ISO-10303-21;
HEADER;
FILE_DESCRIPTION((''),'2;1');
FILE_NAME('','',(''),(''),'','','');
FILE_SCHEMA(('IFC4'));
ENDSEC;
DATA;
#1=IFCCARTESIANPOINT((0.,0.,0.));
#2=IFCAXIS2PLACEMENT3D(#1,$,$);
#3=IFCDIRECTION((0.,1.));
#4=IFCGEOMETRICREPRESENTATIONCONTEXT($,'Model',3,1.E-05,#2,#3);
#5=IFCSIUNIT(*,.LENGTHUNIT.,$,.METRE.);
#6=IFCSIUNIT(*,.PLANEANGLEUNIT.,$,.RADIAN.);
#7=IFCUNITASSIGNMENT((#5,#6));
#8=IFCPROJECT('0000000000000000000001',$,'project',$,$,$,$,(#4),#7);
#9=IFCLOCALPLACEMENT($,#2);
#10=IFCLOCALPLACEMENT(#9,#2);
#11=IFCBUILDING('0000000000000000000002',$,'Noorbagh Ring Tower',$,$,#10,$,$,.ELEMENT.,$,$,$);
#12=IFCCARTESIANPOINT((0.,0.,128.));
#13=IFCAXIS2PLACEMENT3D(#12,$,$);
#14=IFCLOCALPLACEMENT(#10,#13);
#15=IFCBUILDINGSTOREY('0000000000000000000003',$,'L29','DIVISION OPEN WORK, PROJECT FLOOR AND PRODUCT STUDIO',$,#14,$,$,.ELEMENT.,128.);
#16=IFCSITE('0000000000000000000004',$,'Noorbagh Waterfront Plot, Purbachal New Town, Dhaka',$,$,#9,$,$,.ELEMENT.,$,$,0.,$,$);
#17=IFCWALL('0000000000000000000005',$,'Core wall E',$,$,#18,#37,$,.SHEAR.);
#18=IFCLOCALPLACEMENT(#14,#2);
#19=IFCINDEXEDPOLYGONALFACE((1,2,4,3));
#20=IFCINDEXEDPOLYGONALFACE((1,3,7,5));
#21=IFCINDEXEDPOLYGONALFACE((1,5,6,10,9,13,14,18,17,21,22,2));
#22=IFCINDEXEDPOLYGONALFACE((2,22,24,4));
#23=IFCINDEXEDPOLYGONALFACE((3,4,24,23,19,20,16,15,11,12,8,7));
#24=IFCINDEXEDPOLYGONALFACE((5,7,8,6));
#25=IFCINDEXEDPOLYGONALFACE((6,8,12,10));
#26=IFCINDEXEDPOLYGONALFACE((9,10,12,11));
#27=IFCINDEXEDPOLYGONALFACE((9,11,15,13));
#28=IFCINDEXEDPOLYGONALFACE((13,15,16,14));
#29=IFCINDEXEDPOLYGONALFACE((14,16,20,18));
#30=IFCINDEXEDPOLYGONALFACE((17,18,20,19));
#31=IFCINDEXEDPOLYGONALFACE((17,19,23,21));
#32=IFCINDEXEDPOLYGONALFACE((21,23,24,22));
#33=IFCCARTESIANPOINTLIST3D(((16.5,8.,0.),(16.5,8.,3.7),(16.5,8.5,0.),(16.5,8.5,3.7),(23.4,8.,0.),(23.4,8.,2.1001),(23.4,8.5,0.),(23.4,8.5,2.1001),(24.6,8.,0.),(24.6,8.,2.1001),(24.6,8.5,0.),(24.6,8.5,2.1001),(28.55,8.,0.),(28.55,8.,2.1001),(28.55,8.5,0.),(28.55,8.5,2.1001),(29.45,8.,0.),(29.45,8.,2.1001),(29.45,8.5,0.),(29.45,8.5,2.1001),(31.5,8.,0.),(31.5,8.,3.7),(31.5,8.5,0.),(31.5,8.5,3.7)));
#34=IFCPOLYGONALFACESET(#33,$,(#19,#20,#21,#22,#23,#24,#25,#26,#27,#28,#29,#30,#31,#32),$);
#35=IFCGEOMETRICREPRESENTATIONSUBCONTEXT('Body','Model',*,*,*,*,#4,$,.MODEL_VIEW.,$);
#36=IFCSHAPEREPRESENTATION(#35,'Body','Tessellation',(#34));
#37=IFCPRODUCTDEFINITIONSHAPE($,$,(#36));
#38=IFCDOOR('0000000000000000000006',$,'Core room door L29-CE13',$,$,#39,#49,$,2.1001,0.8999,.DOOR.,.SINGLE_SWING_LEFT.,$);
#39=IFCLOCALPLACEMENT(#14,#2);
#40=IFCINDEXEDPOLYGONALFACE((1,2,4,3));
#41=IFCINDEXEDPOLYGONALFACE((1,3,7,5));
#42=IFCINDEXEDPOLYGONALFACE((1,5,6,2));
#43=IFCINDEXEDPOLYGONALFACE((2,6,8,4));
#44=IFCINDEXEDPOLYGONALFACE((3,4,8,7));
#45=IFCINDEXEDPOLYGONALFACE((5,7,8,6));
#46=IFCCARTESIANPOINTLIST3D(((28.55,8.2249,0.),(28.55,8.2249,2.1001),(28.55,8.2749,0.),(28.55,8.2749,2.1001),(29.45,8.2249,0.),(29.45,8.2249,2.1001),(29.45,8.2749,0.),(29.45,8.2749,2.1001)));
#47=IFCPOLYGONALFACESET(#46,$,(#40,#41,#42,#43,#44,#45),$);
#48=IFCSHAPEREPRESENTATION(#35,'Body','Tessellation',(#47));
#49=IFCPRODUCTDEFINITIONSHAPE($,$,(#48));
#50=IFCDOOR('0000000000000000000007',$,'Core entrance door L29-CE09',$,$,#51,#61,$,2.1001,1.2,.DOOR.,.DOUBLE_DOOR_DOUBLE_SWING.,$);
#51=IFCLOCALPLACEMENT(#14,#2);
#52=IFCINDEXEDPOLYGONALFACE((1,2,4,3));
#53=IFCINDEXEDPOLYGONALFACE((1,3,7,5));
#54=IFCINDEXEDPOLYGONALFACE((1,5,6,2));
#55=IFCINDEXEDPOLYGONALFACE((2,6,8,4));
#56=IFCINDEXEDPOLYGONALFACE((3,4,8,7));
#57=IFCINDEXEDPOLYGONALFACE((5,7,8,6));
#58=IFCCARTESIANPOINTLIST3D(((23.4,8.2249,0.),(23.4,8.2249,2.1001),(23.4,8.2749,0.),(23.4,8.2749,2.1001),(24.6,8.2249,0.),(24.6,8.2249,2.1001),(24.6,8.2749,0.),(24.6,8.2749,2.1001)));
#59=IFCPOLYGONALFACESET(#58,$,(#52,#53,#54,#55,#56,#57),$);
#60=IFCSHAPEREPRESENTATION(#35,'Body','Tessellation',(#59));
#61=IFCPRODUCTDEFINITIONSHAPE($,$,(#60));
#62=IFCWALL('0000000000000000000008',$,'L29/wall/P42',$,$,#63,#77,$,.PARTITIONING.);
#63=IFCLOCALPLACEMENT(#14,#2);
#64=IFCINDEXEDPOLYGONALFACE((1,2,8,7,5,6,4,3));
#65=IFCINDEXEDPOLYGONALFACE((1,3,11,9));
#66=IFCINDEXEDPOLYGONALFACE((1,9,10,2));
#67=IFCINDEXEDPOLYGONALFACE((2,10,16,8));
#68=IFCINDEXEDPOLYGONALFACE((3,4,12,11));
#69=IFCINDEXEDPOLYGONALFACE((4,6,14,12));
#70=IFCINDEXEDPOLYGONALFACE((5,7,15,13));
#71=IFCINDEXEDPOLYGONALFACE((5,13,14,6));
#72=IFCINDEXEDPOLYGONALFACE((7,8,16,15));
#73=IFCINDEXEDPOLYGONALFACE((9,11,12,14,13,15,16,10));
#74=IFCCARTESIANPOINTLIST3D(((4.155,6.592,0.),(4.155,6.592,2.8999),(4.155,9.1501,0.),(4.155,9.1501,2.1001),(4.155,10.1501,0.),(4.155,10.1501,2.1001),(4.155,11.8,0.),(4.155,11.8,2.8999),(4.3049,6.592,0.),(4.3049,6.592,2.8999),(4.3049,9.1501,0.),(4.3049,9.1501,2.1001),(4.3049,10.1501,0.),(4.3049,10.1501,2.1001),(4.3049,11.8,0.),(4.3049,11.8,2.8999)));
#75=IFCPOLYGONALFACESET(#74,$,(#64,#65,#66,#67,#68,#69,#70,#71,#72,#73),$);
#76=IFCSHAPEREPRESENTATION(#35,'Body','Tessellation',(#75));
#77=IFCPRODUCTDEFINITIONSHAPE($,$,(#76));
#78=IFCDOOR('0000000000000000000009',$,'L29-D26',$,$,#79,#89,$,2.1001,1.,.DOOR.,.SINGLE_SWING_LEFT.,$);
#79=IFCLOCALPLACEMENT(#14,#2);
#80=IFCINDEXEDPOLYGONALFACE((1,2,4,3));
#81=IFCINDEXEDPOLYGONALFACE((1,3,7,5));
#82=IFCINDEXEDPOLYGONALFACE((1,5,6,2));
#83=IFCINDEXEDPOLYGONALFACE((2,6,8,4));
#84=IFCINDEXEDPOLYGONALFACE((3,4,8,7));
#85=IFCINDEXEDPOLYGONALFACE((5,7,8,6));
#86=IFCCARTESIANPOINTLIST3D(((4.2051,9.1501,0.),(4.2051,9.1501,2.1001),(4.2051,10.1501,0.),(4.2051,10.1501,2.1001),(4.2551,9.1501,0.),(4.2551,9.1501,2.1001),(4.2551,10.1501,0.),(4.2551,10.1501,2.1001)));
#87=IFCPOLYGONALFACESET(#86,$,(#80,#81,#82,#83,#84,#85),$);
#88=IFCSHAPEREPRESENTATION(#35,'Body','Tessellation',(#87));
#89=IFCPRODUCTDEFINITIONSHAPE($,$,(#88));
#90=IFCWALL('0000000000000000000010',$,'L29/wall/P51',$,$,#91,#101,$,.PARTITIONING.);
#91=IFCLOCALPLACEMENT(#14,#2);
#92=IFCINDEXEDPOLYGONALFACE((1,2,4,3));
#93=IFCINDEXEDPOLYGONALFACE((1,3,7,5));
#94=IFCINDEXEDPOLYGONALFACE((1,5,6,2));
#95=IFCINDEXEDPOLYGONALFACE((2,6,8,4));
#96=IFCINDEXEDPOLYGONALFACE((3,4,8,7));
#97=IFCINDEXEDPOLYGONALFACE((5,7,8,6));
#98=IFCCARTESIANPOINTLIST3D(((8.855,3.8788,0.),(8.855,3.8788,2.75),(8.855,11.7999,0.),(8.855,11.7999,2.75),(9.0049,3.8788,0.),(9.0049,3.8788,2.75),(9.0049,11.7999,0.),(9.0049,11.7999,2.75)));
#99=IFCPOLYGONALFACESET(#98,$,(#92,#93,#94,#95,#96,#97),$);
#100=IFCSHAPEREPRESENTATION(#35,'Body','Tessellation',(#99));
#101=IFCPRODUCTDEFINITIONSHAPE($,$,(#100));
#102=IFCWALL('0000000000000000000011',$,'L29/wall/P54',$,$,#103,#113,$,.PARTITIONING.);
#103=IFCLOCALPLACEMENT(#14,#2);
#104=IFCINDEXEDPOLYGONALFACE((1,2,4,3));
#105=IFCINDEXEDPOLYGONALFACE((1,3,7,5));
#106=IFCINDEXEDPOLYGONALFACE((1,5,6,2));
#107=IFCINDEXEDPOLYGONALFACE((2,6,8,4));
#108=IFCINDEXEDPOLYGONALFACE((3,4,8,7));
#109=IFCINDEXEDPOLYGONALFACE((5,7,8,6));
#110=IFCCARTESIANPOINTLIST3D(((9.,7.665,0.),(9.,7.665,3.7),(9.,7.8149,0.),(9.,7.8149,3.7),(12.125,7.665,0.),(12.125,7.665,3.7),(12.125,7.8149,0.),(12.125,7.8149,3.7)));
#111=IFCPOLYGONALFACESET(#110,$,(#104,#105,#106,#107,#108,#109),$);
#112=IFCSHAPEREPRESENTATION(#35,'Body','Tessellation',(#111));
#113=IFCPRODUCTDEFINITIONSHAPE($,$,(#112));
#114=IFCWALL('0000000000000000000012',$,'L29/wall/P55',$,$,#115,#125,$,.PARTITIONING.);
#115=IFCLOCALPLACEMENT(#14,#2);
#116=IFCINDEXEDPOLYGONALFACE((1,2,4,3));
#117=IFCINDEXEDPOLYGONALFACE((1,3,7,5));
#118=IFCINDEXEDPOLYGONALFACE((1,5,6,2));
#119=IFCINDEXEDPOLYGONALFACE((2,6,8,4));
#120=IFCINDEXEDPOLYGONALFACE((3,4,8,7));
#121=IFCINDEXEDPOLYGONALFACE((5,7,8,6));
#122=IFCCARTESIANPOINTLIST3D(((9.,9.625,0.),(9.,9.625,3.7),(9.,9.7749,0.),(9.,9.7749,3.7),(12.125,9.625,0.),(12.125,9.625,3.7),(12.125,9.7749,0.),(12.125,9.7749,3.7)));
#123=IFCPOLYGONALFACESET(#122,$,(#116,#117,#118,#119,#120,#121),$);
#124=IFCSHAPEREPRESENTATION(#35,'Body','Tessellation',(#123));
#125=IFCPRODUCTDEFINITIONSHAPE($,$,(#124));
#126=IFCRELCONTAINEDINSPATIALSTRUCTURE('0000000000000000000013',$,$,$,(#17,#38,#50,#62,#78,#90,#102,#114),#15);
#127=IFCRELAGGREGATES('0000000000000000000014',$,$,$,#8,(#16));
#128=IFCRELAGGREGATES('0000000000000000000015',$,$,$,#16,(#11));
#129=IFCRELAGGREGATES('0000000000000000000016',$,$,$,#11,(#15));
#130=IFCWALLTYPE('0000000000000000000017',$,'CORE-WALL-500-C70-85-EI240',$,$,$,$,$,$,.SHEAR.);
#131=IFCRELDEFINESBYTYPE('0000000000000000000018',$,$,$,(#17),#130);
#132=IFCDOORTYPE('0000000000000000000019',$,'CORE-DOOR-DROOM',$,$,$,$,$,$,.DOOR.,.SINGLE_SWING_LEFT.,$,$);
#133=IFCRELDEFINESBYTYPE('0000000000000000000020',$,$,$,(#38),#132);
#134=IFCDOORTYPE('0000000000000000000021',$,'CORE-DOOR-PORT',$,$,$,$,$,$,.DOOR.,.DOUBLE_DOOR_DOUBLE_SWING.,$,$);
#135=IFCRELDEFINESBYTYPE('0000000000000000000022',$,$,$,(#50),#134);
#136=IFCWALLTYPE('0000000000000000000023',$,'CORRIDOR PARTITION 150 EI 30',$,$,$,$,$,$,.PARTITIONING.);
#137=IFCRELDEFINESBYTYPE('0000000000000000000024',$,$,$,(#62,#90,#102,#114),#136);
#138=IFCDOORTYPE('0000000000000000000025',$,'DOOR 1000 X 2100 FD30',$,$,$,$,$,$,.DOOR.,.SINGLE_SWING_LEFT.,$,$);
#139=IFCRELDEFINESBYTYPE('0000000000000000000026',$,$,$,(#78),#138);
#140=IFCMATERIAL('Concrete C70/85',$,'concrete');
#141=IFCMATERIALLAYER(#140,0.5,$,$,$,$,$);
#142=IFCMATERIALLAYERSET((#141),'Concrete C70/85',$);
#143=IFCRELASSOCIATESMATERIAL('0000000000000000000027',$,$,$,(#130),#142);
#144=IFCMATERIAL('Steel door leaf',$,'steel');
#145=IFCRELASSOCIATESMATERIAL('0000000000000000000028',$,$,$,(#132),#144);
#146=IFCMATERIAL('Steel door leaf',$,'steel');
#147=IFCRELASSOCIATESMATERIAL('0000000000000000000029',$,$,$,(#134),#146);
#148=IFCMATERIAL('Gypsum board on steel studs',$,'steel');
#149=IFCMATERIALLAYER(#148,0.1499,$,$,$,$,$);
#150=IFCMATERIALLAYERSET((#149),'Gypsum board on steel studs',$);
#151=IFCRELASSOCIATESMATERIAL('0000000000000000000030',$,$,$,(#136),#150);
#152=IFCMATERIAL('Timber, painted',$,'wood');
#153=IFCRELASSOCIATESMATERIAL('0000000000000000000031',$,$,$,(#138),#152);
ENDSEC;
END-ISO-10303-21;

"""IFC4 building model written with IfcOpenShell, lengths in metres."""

from ifc_helpers import new_model, si_unit, direction, frame, frame_2d, origin, place, context, subcontext, project, spatial, rectangle, extrude, material, layer, layer_set, type_object, element, fill, save


model = new_model("IFC4")

# Units and contexts
model_context = context("Model", 3, precision=1e-05, world=origin(), true_north=direction((0.0, 1.0)))
body_context = subcontext(model_context, "Body", "Model", "MODEL_VIEW")
ifc_project = project(units=[si_unit("LENGTHUNIT", "METRE"), si_unit("PLANEANGLEUNIT", "RADIAN")], contexts=[model_context])

# Site, building, storey
site_placement = place(None, origin())
site = spatial("IfcSite", under=ifc_project, at=site_placement, Name="Noorbagh Waterfront Plot, Purbachal New Town, Dhaka", CompositionType="ELEMENT", RefElevation=0.0)
building_placement = place(site_placement, origin())
building = spatial("IfcBuilding", under=site, at=building_placement, Name="Noorbagh Ring Tower", CompositionType="ELEMENT")
storey_placement = place(building_placement, frame((0.0, 0.0, 128.0)))
storey = spatial("IfcBuildingStorey", under=building, at=storey_placement, Name="L29", Description="DIVISION OPEN WORK, PROJECT FLOOR AND PRODUCT STUDIO", CompositionType="ELEMENT", Elevation=128.0)

# Wall, openings, doors
ifc_material_1 = material(Name="Concrete C70/85", Category="concrete")
ifc_layer_1 = layer(ifc_material_1, 0.5)
ifc_layer_set_1 = layer_set([ifc_layer_1], Name="Concrete C70/85")
wall_type_1 = type_object("IfcWallType", Name="CORE-WALL-500-C70-85-EI240", PredefinedType="SHEAR", material=ifc_layer_set_1)
wall_1_placement = place(storey_placement, frame((16.5, 8.25, 0.0), z_axis=(0.0, 0.0, 1.0), x_axis=(1.0, 0.0, 0.0)))
wall_1 = element("IfcWall", 1, at=wall_1_placement, inside=storey, type_object=wall_type_1, Name="Core wall E", PredefinedType="SHEAR", context=body_context, shape_type="SweptSolid", body=[
    extrude(rectangle(XDim=15.0, YDim=0.5, at=frame_2d((7.5, 0.0))), origin(), (0.0, 0.0, 1.0), 3.7),
])
opening_1_placement = place(wall_1_placement, frame((6.8999, 0.0, 0.0)))
opening_1 = element("IfcOpeningElement", 2, at=opening_1_placement, cuts=wall_1, PredefinedType="OPENING", context=body_context, shape_type="SweptSolid", body=[
    extrude(rectangle(XDim=1.2, YDim=2.1001, at=frame_2d((0.6001, 1.05))), frame((0.0, 0.26, 0.0), z_axis=(0.0, -1.0, 0.0), x_axis=(1.0, 0.0, 0.0)), (0.0, 0.0, 1.0), 0.52),
])
opening_2_placement = place(wall_1_placement, frame((12.05, 0.0, 0.0)))
opening_2 = element("IfcOpeningElement", 3, at=opening_2_placement, cuts=wall_1, PredefinedType="OPENING", context=body_context, shape_type="SweptSolid", body=[
    extrude(rectangle(XDim=0.8999, YDim=2.1001, at=frame_2d((0.45, 1.05))), frame((0.0, 0.26, 0.0), z_axis=(0.0, -1.0, 0.0), x_axis=(1.0, 0.0, 0.0)), (0.0, 0.0, 1.0), 0.52),
])
ifc_material_2 = material(Name="Steel door leaf", Category="steel")
door_type_1 = type_object("IfcDoorType", Name="CORE-DOOR-DROOM", OperationType="SINGLE_SWING_LEFT", PredefinedType="DOOR", material=ifc_material_2)
door_1_placement = place(opening_2_placement, origin())
door_1 = element("IfcDoor", 4, at=door_1_placement, inside=storey, type_object=door_type_1, Name="Core room door L29-CE13", OperationType="SINGLE_SWING_LEFT", OverallHeight=2.1001, OverallWidth=0.8999, PredefinedType="DOOR", context=body_context, shape_type="SweptSolid", body=[
    extrude(rectangle(XDim=0.8999, YDim=2.1001, at=frame_2d((0.45, 1.05))), frame((0.0, 0.0249, 0.0), z_axis=(0.0, -1.0, 0.0), x_axis=(1.0, 0.0, 0.0)), (0.0, 0.0, 1.0), 0.05),
])
fill(opening_2, door_1)
ifc_material_3 = material(Name="Steel door leaf", Category="steel")
door_type_2 = type_object("IfcDoorType", Name="CORE-DOOR-PORT", OperationType="DOUBLE_DOOR_DOUBLE_SWING", PredefinedType="DOOR", material=ifc_material_3)
door_2_placement = place(opening_1_placement, origin())
door_2 = element("IfcDoor", 5, at=door_2_placement, inside=storey, type_object=door_type_2, Name="Core entrance door L29-CE09", OperationType="DOUBLE_DOOR_DOUBLE_SWING", OverallHeight=2.1001, OverallWidth=1.2, PredefinedType="DOOR", context=body_context, shape_type="SweptSolid", body=[
    extrude(rectangle(XDim=1.2, YDim=2.1001, at=frame_2d((0.6001, 1.05))), frame((0.0, 0.0249, 0.0), z_axis=(0.0, -1.0, 0.0), x_axis=(1.0, 0.0, 0.0)), (0.0, 0.0, 1.0), 0.05),
])
fill(opening_1, door_2)

# Wall, opening, door
ifc_material_4 = material(Name="Gypsum board on steel studs", Category="steel")
ifc_layer_2 = layer(ifc_material_4, 0.1499)
ifc_layer_set_2 = layer_set([ifc_layer_2], Name="Gypsum board on steel studs")
wall_type_2 = type_object("IfcWallType", Name="CORRIDOR PARTITION 150 EI 30", PredefinedType="PARTITIONING", material=ifc_layer_set_2)
wall_2_placement = place(storey_placement, frame((4.23, 6.592, 0.0), z_axis=(0.0, 0.0, 1.0), x_axis=(0.0, 1.0, 0.0)))
wall_2 = element("IfcWall", 6, at=wall_2_placement, inside=storey, type_object=wall_type_2, Name="L29/wall/P42", PredefinedType="PARTITIONING", context=body_context, shape_type="SweptSolid", body=[
    extrude(rectangle(XDim=5.208, YDim=0.1499, at=frame_2d((2.604, 0.0))), origin(), (0.0, 0.0, 1.0), 2.8999),
])
opening_3_placement = place(wall_2_placement, frame((2.5581, 0.0, 0.0)))
opening_3 = element("IfcOpeningElement", 7, at=opening_3_placement, cuts=wall_2, PredefinedType="OPENING", context=body_context, shape_type="SweptSolid", body=[
    extrude(rectangle(XDim=1.0, YDim=2.1001, at=frame_2d((0.5, 1.05))), frame((0.0, 0.085, 0.0), z_axis=(0.0, -1.0, 0.0), x_axis=(1.0, 0.0, 0.0)), (0.0, 0.0, 1.0), 0.1699),
])
ifc_material_5 = material(Name="Timber, painted", Category="wood")
door_type_3 = type_object("IfcDoorType", Name="DOOR 1000 X 2100 FD30", OperationType="SINGLE_SWING_LEFT", PredefinedType="DOOR", material=ifc_material_5)
door_3_placement = place(opening_3_placement, origin())
door_3 = element("IfcDoor", 8, at=door_3_placement, inside=storey, type_object=door_type_3, Name="L29-D26", OperationType="SINGLE_SWING_LEFT", OverallHeight=2.1001, OverallWidth=1.0, PredefinedType="DOOR", context=body_context, shape_type="SweptSolid", body=[
    extrude(rectangle(XDim=1.0, YDim=2.1001, at=frame_2d((0.5, 1.05))), frame((0.0, 0.0249, 0.0), z_axis=(0.0, -1.0, 0.0), x_axis=(1.0, 0.0, 0.0)), (0.0, 0.0, 1.0), 0.05),
])
fill(opening_3, door_3)

# Walls
wall_3_placement = place(storey_placement, frame((8.9299, 3.8789, 0.0), z_axis=(0.0, 0.0, 1.0), x_axis=(0.0, 1.0, 0.0)))
element("IfcWall", 9, at=wall_3_placement, inside=storey, type_object=wall_type_2, Name="L29/wall/P51", PredefinedType="PARTITIONING", context=body_context, shape_type="SweptSolid", body=[
    extrude(rectangle(XDim=7.9211, YDim=0.1499, at=frame_2d((3.9604, 0.0))), origin(), (0.0, 0.0, 1.0), 2.75),
])
for number, where, z_axis, x_axis, name in (
    (10, (9.0, 7.74, 0.0), (0.0, 0.0, 1.0), (1.0, 0.0, 0.0), "L29/wall/P54"),
    (11, (9.0, 9.7, 0.0), (0.0, 0.0, 1.0), (1.0, 0.0, 0.0), "L29/wall/P55"),
):
    element("IfcWall", number, at=place(storey_placement, frame(where, z_axis=z_axis, x_axis=x_axis)), inside=storey, type_object=wall_type_2, Name=name, PredefinedType="PARTITIONING", context=body_context, shape_type="SweptSolid", body=[
        extrude(rectangle(XDim=3.125, YDim=0.1499, at=frame_2d((1.5625, 0.0))), origin(), (0.0, 0.0, 1.0), 3.7),
    ])

save(model, "model.ifc")
